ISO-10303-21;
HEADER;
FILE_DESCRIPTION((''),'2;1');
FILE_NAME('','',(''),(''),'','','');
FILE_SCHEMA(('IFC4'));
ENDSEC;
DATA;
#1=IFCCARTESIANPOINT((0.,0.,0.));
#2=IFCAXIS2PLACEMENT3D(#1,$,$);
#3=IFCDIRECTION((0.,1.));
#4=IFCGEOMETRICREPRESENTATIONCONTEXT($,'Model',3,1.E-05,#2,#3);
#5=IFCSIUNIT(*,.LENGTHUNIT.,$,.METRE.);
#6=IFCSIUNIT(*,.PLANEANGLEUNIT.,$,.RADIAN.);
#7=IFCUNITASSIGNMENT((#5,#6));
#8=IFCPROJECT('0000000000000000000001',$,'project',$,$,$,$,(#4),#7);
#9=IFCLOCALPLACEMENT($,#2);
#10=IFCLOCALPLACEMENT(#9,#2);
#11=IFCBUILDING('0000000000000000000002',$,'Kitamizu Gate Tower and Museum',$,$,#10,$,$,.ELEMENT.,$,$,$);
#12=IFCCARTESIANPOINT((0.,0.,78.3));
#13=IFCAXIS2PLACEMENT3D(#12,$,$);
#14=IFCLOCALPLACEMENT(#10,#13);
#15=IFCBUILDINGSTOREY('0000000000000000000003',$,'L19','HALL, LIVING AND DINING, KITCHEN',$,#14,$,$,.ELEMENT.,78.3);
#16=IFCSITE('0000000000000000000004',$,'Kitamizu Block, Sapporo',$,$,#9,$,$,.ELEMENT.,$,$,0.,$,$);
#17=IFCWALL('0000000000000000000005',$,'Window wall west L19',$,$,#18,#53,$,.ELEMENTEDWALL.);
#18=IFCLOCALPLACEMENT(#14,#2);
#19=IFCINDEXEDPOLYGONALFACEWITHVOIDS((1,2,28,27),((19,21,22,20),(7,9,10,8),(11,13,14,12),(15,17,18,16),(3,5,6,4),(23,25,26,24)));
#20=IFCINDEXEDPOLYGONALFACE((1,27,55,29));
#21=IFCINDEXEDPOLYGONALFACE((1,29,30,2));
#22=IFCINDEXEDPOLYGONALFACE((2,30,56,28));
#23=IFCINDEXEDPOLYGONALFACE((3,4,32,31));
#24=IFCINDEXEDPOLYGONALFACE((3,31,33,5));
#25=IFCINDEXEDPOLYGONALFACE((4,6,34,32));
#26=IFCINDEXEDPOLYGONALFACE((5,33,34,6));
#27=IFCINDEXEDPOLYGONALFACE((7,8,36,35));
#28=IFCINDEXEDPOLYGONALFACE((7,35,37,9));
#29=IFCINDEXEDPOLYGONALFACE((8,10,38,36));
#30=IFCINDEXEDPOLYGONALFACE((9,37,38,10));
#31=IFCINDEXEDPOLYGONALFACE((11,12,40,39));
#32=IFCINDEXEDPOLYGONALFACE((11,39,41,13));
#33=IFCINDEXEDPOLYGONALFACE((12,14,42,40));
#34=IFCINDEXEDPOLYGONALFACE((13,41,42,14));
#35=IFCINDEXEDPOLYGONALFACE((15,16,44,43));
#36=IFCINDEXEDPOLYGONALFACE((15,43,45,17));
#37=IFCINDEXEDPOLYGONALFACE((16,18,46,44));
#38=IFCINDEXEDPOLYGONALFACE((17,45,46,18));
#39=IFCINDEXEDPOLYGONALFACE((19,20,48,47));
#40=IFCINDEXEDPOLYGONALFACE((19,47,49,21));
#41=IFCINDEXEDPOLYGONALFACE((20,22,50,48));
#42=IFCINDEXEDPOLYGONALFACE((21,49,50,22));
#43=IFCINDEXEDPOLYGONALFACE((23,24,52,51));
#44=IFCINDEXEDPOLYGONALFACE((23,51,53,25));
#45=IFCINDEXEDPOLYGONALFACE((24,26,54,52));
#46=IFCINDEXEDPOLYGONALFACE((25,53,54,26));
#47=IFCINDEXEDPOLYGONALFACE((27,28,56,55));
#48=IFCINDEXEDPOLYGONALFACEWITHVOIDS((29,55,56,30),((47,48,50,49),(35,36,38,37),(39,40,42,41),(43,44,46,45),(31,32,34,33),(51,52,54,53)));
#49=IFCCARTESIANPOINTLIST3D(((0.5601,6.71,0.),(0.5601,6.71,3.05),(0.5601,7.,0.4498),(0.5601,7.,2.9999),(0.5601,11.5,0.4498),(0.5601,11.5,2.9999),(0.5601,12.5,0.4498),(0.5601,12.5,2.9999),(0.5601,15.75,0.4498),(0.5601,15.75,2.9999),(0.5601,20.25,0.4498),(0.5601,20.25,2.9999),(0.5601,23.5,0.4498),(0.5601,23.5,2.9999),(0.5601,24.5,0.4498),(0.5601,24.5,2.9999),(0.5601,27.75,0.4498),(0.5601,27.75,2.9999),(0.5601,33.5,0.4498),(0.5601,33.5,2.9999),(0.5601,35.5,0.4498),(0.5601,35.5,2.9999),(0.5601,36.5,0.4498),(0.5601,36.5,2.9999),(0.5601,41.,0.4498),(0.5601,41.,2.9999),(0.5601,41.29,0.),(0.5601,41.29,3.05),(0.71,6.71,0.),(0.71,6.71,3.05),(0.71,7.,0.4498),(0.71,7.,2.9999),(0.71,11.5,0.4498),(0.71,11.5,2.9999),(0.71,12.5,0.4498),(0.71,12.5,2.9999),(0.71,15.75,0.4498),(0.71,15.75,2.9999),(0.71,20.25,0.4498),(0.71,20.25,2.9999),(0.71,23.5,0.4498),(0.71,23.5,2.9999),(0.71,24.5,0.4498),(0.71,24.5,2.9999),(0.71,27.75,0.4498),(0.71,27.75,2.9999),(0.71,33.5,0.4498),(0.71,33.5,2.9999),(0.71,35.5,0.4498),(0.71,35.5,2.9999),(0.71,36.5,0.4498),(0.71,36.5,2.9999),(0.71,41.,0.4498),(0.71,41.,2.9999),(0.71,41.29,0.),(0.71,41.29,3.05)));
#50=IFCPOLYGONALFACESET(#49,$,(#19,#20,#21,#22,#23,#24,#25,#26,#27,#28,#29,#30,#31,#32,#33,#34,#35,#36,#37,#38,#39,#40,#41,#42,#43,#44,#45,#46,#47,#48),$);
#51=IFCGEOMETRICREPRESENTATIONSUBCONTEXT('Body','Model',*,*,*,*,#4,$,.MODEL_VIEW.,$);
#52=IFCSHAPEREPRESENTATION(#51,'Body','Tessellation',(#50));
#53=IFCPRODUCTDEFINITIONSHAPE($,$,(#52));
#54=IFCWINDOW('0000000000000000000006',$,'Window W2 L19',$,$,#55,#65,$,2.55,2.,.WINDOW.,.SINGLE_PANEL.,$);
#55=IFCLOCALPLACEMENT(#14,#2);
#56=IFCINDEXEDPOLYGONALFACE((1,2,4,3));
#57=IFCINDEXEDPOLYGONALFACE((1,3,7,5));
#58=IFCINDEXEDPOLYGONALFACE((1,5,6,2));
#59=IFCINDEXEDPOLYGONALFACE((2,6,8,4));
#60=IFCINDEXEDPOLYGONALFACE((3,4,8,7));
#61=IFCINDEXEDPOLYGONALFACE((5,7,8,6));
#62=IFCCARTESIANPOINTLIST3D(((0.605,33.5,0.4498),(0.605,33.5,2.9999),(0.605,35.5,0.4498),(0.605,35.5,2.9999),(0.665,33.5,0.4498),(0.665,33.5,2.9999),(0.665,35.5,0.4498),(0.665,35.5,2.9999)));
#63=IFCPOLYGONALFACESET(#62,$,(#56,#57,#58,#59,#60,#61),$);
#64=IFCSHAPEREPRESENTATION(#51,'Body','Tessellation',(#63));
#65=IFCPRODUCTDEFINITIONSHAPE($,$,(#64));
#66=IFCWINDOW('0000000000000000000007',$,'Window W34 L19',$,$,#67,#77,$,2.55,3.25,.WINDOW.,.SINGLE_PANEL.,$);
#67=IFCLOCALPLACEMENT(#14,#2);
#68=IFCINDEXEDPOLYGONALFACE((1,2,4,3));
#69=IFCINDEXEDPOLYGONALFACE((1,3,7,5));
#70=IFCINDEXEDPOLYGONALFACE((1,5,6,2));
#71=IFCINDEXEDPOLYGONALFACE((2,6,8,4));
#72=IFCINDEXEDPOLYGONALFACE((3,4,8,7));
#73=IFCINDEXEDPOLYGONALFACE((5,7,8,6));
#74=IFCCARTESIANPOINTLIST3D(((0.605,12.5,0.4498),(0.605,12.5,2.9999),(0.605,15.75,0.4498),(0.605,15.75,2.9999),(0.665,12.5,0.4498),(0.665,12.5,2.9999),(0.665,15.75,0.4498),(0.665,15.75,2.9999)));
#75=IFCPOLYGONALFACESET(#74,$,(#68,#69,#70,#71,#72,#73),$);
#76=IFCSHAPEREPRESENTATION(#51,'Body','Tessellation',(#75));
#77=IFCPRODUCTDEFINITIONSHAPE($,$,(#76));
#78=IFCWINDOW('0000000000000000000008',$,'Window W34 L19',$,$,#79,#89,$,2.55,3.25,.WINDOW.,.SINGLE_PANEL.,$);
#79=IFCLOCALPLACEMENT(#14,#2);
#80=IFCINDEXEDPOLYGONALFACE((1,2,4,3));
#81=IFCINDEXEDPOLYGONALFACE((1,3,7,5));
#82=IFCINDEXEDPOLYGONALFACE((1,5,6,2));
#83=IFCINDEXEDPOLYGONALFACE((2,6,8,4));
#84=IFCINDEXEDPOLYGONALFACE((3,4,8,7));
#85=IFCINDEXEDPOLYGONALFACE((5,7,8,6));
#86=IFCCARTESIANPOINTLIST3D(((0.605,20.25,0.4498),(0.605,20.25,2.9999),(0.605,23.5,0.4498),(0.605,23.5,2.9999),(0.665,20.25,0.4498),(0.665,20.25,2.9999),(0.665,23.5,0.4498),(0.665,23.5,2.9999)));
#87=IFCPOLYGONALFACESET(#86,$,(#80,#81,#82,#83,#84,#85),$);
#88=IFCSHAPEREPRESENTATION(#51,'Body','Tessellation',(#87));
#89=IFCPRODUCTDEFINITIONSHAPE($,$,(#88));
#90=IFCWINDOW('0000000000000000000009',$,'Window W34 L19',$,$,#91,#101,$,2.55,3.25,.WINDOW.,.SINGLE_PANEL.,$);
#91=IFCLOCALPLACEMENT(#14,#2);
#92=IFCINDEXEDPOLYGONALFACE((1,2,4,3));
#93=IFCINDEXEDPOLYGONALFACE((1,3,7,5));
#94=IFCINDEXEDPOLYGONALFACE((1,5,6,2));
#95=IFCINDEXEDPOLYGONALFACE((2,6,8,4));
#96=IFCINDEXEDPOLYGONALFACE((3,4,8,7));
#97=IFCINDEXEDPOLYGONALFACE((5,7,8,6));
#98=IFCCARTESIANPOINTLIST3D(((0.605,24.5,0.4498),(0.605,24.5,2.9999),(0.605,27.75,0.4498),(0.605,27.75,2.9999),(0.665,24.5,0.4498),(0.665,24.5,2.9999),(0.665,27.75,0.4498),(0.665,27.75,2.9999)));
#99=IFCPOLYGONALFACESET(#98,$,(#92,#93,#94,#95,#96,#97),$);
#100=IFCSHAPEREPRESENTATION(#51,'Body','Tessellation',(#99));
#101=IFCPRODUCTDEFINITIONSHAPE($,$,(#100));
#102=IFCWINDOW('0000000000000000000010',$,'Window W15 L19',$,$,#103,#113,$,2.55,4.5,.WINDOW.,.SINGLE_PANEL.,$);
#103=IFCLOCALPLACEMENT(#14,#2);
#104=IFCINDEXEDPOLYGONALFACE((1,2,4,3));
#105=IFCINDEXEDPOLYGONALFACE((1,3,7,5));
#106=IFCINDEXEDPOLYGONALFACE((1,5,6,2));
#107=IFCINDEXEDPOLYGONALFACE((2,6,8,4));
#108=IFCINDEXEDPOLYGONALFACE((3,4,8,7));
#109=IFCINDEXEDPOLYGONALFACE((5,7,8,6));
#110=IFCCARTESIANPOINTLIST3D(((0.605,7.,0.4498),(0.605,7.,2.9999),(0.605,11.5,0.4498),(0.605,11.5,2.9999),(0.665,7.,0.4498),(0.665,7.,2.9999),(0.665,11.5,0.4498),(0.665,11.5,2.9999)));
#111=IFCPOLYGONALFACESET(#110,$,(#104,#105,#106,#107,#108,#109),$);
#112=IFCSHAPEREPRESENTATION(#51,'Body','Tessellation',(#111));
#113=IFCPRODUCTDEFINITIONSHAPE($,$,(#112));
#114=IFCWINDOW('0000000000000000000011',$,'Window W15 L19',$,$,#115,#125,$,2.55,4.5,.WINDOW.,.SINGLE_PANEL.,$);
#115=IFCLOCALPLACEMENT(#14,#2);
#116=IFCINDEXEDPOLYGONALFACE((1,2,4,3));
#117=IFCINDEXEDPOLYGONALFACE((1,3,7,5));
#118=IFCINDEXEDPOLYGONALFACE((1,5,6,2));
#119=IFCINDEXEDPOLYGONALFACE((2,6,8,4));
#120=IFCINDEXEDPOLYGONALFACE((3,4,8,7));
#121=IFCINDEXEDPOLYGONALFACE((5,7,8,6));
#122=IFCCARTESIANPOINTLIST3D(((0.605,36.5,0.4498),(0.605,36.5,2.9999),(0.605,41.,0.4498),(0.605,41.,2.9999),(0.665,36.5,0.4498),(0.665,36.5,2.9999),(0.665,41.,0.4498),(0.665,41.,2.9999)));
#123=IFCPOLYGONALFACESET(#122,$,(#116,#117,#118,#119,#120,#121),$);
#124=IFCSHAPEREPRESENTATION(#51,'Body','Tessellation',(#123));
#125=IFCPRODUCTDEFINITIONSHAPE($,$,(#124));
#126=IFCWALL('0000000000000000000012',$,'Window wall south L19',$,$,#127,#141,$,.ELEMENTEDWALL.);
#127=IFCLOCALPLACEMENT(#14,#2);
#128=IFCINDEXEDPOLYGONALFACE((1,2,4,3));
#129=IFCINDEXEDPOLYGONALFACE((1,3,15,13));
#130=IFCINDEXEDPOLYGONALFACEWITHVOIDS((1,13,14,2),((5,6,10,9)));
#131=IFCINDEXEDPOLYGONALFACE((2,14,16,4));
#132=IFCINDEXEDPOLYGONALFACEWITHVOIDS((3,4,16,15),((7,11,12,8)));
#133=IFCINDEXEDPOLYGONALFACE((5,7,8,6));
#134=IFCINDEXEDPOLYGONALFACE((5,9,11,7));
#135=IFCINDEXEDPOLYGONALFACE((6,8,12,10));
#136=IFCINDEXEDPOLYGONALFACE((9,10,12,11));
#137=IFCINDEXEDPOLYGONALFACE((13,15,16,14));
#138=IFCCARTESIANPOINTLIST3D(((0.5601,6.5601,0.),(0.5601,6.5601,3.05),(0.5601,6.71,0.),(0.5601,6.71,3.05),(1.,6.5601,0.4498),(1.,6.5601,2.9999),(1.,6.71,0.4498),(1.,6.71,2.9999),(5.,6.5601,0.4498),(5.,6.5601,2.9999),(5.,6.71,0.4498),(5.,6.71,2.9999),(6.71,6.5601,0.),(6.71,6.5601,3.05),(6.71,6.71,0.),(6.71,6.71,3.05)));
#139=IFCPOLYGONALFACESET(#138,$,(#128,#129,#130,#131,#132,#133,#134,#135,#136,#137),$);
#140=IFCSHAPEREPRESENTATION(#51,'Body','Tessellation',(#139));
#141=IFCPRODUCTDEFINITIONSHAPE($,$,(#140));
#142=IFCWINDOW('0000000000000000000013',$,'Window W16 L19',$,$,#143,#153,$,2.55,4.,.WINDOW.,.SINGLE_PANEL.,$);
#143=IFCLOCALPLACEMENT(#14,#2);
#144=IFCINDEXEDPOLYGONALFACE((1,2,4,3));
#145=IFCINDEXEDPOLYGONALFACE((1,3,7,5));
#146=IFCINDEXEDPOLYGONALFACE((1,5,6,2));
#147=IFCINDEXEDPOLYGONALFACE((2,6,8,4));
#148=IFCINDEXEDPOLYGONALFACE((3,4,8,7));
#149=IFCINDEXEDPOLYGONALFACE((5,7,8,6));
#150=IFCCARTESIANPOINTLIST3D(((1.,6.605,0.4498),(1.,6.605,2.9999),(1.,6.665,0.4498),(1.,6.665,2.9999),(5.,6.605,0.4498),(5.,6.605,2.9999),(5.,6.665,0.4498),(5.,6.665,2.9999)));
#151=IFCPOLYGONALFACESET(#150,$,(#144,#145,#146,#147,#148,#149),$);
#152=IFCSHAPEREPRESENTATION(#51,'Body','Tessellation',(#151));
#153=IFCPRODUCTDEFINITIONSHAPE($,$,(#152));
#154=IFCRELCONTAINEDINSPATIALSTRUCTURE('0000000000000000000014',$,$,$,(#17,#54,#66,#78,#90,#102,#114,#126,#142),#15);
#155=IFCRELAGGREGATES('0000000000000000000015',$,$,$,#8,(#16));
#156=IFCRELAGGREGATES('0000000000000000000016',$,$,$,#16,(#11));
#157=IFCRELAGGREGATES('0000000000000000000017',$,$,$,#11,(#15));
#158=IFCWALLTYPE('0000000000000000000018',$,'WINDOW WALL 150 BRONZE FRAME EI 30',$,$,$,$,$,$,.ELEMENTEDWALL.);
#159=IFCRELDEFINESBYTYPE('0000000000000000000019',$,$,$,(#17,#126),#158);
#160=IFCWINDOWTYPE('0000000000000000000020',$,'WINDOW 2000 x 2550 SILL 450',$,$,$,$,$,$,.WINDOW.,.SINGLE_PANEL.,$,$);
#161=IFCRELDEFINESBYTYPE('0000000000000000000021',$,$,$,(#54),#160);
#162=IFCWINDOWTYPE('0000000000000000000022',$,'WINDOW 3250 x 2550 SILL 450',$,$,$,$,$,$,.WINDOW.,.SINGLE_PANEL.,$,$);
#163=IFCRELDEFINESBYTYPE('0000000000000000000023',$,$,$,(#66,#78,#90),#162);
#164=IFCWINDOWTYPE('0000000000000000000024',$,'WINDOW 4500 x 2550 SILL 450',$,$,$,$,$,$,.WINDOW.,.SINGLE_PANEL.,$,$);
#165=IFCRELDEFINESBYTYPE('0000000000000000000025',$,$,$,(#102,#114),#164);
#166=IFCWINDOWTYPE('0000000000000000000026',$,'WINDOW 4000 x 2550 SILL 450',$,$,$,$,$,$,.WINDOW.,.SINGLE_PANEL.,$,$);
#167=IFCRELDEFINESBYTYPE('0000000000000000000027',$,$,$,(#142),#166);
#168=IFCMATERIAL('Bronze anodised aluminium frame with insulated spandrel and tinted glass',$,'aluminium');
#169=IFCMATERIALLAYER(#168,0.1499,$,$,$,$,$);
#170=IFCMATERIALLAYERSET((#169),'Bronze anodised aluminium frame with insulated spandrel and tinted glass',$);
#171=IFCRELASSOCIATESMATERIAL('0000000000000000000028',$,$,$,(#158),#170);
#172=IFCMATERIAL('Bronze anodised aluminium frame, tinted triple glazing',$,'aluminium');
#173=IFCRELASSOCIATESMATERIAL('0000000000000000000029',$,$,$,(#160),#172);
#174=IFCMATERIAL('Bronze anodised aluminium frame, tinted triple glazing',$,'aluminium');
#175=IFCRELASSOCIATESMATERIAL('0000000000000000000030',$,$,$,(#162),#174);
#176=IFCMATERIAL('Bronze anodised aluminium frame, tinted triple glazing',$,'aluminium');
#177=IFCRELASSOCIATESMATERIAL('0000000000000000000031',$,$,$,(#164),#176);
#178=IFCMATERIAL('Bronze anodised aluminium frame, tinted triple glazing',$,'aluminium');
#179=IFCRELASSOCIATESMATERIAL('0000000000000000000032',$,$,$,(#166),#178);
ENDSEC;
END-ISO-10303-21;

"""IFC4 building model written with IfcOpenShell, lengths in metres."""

from ifc_helpers import new_model, si_unit, direction, frame, frame_2d, origin, place, context, subcontext, project, spatial, rectangle, extrude, material, layer, layer_set, type_object, element, fill, save


model = new_model("IFC4")

# Units and contexts
model_context = context("Model", 3, precision=1e-05, world=origin(), true_north=direction((0.0, 1.0)))
body_context = subcontext(model_context, "Body", "Model", "MODEL_VIEW")
ifc_project = project(units=[si_unit("LENGTHUNIT", "METRE"), si_unit("PLANEANGLEUNIT", "RADIAN")], contexts=[model_context])

# Site, building, storey
site_placement = place(None, origin())
site = spatial("IfcSite", under=ifc_project, at=site_placement, Name="Kitamizu Block, Sapporo", CompositionType="ELEMENT", RefElevation=0.0)
building_placement = place(site_placement, origin())
building = spatial("IfcBuilding", under=site, at=building_placement, Name="Kitamizu Gate Tower and Museum", CompositionType="ELEMENT")
storey_placement = place(building_placement, frame((0.0, 0.0, 78.3)))
storey = spatial("IfcBuildingStorey", under=building, at=storey_placement, Name="L19", Description="HALL, LIVING AND DINING, KITCHEN", CompositionType="ELEMENT", Elevation=78.3)

# Wall, openings, windows
ifc_material_1 = material(Name="Bronze anodised aluminium frame with insulated spandrel and tinted glass", Category="aluminium")
ifc_layer_1 = layer(ifc_material_1, 0.1499)
ifc_layer_set_1 = layer_set([ifc_layer_1], Name="Bronze anodised aluminium frame with insulated spandrel and tinted glass")
wall_type = type_object("IfcWallType", Name="WINDOW WALL 150 BRONZE FRAME EI 30", PredefinedType="ELEMENTEDWALL", material=ifc_layer_set_1)
wall_1_placement = place(storey_placement, frame((0.635, 6.71, 0.0), z_axis=(0.0, 0.0, 1.0), x_axis=(0.0, 1.0, 0.0)))
wall_1 = element("IfcWall", 1, at=wall_1_placement, inside=storey, type_object=wall_type, Name="Window wall west L19", PredefinedType="ELEMENTEDWALL", context=body_context, shape_type="SweptSolid", body=[
    extrude(rectangle(XDim=34.5801, YDim=0.1499, at=frame_2d((17.29, 0.0))), origin(), (0.0, 0.0, 1.0), 3.05),
])
opening_1_placement = place(wall_1_placement, frame((0.29, 0.0, 0.45)))
opening_1 = element("IfcOpeningElement", 2, at=opening_1_placement, cuts=wall_1, PredefinedType="OPENING", context=body_context, shape_type="SweptSolid", body=[
    extrude(rectangle(XDim=4.5, YDim=2.55, at=frame_2d((2.25, 1.2749))), frame((0.0, 0.085, 0.0), z_axis=(0.0, -1.0, 0.0), x_axis=(1.0, 0.0, 0.0)), (0.0, 0.0, 1.0), 0.1699),
])
opening_2_placement = place(wall_1_placement, frame((5.79, 0.0, 0.45)))
opening_2 = element("IfcOpeningElement", 3, at=opening_2_placement, cuts=wall_1, PredefinedType="OPENING", context=body_context, shape_type="SweptSolid", body=[
    extrude(rectangle(XDim=3.25, YDim=2.55, at=frame_2d((1.625, 1.2749))), frame((0.0, 0.085, 0.0), z_axis=(0.0, -1.0, 0.0), x_axis=(1.0, 0.0, 0.0)), (0.0, 0.0, 1.0), 0.1699),
])
opening_3_placement = place(wall_1_placement, frame((13.54, 0.0, 0.45)))
opening_3 = element("IfcOpeningElement", 4, at=opening_3_placement, cuts=wall_1, PredefinedType="OPENING", context=body_context, shape_type="SweptSolid", body=[
    extrude(rectangle(XDim=3.25, YDim=2.55, at=frame_2d((1.625, 1.2749))), frame((0.0, 0.085, 0.0), z_axis=(0.0, -1.0, 0.0), x_axis=(1.0, 0.0, 0.0)), (0.0, 0.0, 1.0), 0.1699),
])
opening_4_placement = place(wall_1_placement, frame((17.79, 0.0, 0.45)))
opening_4 = element("IfcOpeningElement", 5, at=opening_4_placement, cuts=wall_1, PredefinedType="OPENING", context=body_context, shape_type="SweptSolid", body=[
    extrude(rectangle(XDim=3.25, YDim=2.55, at=frame_2d((1.625, 1.2749))), frame((0.0, 0.085, 0.0), z_axis=(0.0, -1.0, 0.0), x_axis=(1.0, 0.0, 0.0)), (0.0, 0.0, 1.0), 0.1699),
])
opening_5_placement = place(wall_1_placement, frame((26.79, 0.0, 0.45)))
opening_5 = element("IfcOpeningElement", 6, at=opening_5_placement, cuts=wall_1, PredefinedType="OPENING", context=body_context, shape_type="SweptSolid", body=[
    extrude(rectangle(XDim=2.0, YDim=2.55, at=frame_2d((1.0, 1.2749))), frame((0.0, 0.085, 0.0), z_axis=(0.0, -1.0, 0.0), x_axis=(1.0, 0.0, 0.0)), (0.0, 0.0, 1.0), 0.1699),
])
opening_6_placement = place(wall_1_placement, frame((29.79, 0.0, 0.45)))
opening_6 = element("IfcOpeningElement", 7, at=opening_6_placement, cuts=wall_1, PredefinedType="OPENING", context=body_context, shape_type="SweptSolid", body=[
    extrude(rectangle(XDim=4.5, YDim=2.55, at=frame_2d((2.25, 1.2749))), frame((0.0, 0.085, 0.0), z_axis=(0.0, -1.0, 0.0), x_axis=(1.0, 0.0, 0.0)), (0.0, 0.0, 1.0), 0.1699),
])
ifc_material_2 = material(Name="Bronze anodised aluminium frame, tinted triple glazing", Category="aluminium")
window_type_1 = type_object("IfcWindowType", Name="WINDOW 2000 x 2550 SILL 450", PartitioningType="SINGLE_PANEL", PredefinedType="WINDOW", material=ifc_material_2)
window_1_placement = place(opening_5_placement, origin())
window_1 = element("IfcWindow", 8, at=window_1_placement, inside=storey, type_object=window_type_1, Name="Window W2 L19", OverallHeight=2.55, OverallWidth=2.0, PartitioningType="SINGLE_PANEL", PredefinedType="WINDOW", context=body_context, shape_type="SweptSolid", body=[
    extrude(rectangle(XDim=2.0, YDim=2.55, at=frame_2d((1.0, 1.2749))), frame((0.0, 0.03, 0.0), z_axis=(0.0, -1.0, 0.0), x_axis=(1.0, 0.0, 0.0)), (0.0, 0.0, 1.0), 0.0601),
])
fill(opening_5, window_1)
ifc_material_3 = material(Name="Bronze anodised aluminium frame, tinted triple glazing", Category="aluminium")
window_type_2 = type_object("IfcWindowType", Name="WINDOW 3250 x 2550 SILL 450", PartitioningType="SINGLE_PANEL", PredefinedType="WINDOW", material=ifc_material_3)
window_2_placement = place(opening_2_placement, origin())
window_2 = element("IfcWindow", 9, at=window_2_placement, inside=storey, type_object=window_type_2, Name="Window W34 L19", OverallHeight=2.55, OverallWidth=3.25, PartitioningType="SINGLE_PANEL", PredefinedType="WINDOW", context=body_context, shape_type="SweptSolid", body=[
    extrude(rectangle(XDim=3.25, YDim=2.55, at=frame_2d((1.625, 1.2749))), frame((0.0, 0.03, 0.0), z_axis=(0.0, -1.0, 0.0), x_axis=(1.0, 0.0, 0.0)), (0.0, 0.0, 1.0), 0.0601),
])
fill(opening_2, window_2)
window_3_placement = place(opening_3_placement, origin())
window_3 = element("IfcWindow", 10, at=window_3_placement, inside=storey, type_object=window_type_2, Name="Window W34 L19", OverallHeight=2.55, OverallWidth=3.25, PartitioningType="SINGLE_PANEL", PredefinedType="WINDOW", context=body_context, shape_type="SweptSolid", body=[
    extrude(rectangle(XDim=3.25, YDim=2.55, at=frame_2d((1.625, 1.2749))), frame((0.0, 0.03, 0.0), z_axis=(0.0, -1.0, 0.0), x_axis=(1.0, 0.0, 0.0)), (0.0, 0.0, 1.0), 0.0601),
])
fill(opening_3, window_3)
window_4_placement = place(opening_4_placement, origin())
window_4 = element("IfcWindow", 11, at=window_4_placement, inside=storey, type_object=window_type_2, Name="Window W34 L19", OverallHeight=2.55, OverallWidth=3.25, PartitioningType="SINGLE_PANEL", PredefinedType="WINDOW", context=body_context, shape_type="SweptSolid", body=[
    extrude(rectangle(XDim=3.25, YDim=2.55, at=frame_2d((1.625, 1.2749))), frame((0.0, 0.03, 0.0), z_axis=(0.0, -1.0, 0.0), x_axis=(1.0, 0.0, 0.0)), (0.0, 0.0, 1.0), 0.0601),
])
fill(opening_4, window_4)
ifc_material_4 = material(Name="Bronze anodised aluminium frame, tinted triple glazing", Category="aluminium")
window_type_3 = type_object("IfcWindowType", Name="WINDOW 4500 x 2550 SILL 450", PartitioningType="SINGLE_PANEL", PredefinedType="WINDOW", material=ifc_material_4)
window_5_placement = place(opening_1_placement, origin())
window_5 = element("IfcWindow", 12, at=window_5_placement, inside=storey, type_object=window_type_3, Name="Window W15 L19", OverallHeight=2.55, OverallWidth=4.5, PartitioningType="SINGLE_PANEL", PredefinedType="WINDOW", context=body_context, shape_type="SweptSolid", body=[
    extrude(rectangle(XDim=4.5, YDim=2.55, at=frame_2d((2.25, 1.2749))), frame((0.0, 0.03, 0.0), z_axis=(0.0, -1.0, 0.0), x_axis=(1.0, 0.0, 0.0)), (0.0, 0.0, 1.0), 0.0601),
])
fill(opening_1, window_5)
window_6_placement = place(opening_6_placement, origin())
window_6 = element("IfcWindow", 13, at=window_6_placement, inside=storey, type_object=window_type_3, Name="Window W15 L19", OverallHeight=2.55, OverallWidth=4.5, PartitioningType="SINGLE_PANEL", PredefinedType="WINDOW", context=body_context, shape_type="SweptSolid", body=[
    extrude(rectangle(XDim=4.5, YDim=2.55, at=frame_2d((2.25, 1.2749))), frame((0.0, 0.03, 0.0), z_axis=(0.0, -1.0, 0.0), x_axis=(1.0, 0.0, 0.0)), (0.0, 0.0, 1.0), 0.0601),
])
fill(opening_6, window_6)

# Wall, opening, window
wall_2_placement = place(storey_placement, frame((0.5601, 6.635, 0.0), z_axis=(0.0, 0.0, 1.0), x_axis=(1.0, 0.0, 0.0)))
wall_2 = element("IfcWall", 14, at=wall_2_placement, inside=storey, type_object=wall_type, Name="Window wall south L19", PredefinedType="ELEMENTEDWALL", context=body_context, shape_type="SweptSolid", body=[
    extrude(rectangle(XDim=6.1499, YDim=0.1499, at=frame_2d((3.075, 0.0))), origin(), (0.0, 0.0, 1.0), 3.05),
])
opening_7_placement = place(wall_2_placement, frame((0.4399, 0.0, 0.45)))
opening_7 = element("IfcOpeningElement", 15, at=opening_7_placement, cuts=wall_2, PredefinedType="OPENING", context=body_context, shape_type="SweptSolid", body=[
    extrude(rectangle(XDim=4.0, YDim=2.55, at=frame_2d((2.0, 1.2749))), frame((0.0, 0.085, 0.0), z_axis=(0.0, -1.0, 0.0), x_axis=(1.0, 0.0, 0.0)), (0.0, 0.0, 1.0), 0.1699),
])
ifc_material_5 = material(Name="Bronze anodised aluminium frame, tinted triple glazing", Category="aluminium")
window_type_4 = type_object("IfcWindowType", Name="WINDOW 4000 x 2550 SILL 450", PartitioningType="SINGLE_PANEL", PredefinedType="WINDOW", material=ifc_material_5)
window_7_placement = place(opening_7_placement, origin())
window_7 = element("IfcWindow", 16, at=window_7_placement, inside=storey, type_object=window_type_4, Name="Window W16 L19", OverallHeight=2.55, OverallWidth=4.0, PartitioningType="SINGLE_PANEL", PredefinedType="WINDOW", context=body_context, shape_type="SweptSolid", body=[
    extrude(rectangle(XDim=4.0, YDim=2.55, at=frame_2d((2.0, 1.2749))), frame((0.0, 0.03, 0.0), z_axis=(0.0, -1.0, 0.0), x_axis=(1.0, 0.0, 0.0)), (0.0, 0.0, 1.0), 0.0601),
])
fill(opening_7, window_7)

save(model, "model.ifc")
